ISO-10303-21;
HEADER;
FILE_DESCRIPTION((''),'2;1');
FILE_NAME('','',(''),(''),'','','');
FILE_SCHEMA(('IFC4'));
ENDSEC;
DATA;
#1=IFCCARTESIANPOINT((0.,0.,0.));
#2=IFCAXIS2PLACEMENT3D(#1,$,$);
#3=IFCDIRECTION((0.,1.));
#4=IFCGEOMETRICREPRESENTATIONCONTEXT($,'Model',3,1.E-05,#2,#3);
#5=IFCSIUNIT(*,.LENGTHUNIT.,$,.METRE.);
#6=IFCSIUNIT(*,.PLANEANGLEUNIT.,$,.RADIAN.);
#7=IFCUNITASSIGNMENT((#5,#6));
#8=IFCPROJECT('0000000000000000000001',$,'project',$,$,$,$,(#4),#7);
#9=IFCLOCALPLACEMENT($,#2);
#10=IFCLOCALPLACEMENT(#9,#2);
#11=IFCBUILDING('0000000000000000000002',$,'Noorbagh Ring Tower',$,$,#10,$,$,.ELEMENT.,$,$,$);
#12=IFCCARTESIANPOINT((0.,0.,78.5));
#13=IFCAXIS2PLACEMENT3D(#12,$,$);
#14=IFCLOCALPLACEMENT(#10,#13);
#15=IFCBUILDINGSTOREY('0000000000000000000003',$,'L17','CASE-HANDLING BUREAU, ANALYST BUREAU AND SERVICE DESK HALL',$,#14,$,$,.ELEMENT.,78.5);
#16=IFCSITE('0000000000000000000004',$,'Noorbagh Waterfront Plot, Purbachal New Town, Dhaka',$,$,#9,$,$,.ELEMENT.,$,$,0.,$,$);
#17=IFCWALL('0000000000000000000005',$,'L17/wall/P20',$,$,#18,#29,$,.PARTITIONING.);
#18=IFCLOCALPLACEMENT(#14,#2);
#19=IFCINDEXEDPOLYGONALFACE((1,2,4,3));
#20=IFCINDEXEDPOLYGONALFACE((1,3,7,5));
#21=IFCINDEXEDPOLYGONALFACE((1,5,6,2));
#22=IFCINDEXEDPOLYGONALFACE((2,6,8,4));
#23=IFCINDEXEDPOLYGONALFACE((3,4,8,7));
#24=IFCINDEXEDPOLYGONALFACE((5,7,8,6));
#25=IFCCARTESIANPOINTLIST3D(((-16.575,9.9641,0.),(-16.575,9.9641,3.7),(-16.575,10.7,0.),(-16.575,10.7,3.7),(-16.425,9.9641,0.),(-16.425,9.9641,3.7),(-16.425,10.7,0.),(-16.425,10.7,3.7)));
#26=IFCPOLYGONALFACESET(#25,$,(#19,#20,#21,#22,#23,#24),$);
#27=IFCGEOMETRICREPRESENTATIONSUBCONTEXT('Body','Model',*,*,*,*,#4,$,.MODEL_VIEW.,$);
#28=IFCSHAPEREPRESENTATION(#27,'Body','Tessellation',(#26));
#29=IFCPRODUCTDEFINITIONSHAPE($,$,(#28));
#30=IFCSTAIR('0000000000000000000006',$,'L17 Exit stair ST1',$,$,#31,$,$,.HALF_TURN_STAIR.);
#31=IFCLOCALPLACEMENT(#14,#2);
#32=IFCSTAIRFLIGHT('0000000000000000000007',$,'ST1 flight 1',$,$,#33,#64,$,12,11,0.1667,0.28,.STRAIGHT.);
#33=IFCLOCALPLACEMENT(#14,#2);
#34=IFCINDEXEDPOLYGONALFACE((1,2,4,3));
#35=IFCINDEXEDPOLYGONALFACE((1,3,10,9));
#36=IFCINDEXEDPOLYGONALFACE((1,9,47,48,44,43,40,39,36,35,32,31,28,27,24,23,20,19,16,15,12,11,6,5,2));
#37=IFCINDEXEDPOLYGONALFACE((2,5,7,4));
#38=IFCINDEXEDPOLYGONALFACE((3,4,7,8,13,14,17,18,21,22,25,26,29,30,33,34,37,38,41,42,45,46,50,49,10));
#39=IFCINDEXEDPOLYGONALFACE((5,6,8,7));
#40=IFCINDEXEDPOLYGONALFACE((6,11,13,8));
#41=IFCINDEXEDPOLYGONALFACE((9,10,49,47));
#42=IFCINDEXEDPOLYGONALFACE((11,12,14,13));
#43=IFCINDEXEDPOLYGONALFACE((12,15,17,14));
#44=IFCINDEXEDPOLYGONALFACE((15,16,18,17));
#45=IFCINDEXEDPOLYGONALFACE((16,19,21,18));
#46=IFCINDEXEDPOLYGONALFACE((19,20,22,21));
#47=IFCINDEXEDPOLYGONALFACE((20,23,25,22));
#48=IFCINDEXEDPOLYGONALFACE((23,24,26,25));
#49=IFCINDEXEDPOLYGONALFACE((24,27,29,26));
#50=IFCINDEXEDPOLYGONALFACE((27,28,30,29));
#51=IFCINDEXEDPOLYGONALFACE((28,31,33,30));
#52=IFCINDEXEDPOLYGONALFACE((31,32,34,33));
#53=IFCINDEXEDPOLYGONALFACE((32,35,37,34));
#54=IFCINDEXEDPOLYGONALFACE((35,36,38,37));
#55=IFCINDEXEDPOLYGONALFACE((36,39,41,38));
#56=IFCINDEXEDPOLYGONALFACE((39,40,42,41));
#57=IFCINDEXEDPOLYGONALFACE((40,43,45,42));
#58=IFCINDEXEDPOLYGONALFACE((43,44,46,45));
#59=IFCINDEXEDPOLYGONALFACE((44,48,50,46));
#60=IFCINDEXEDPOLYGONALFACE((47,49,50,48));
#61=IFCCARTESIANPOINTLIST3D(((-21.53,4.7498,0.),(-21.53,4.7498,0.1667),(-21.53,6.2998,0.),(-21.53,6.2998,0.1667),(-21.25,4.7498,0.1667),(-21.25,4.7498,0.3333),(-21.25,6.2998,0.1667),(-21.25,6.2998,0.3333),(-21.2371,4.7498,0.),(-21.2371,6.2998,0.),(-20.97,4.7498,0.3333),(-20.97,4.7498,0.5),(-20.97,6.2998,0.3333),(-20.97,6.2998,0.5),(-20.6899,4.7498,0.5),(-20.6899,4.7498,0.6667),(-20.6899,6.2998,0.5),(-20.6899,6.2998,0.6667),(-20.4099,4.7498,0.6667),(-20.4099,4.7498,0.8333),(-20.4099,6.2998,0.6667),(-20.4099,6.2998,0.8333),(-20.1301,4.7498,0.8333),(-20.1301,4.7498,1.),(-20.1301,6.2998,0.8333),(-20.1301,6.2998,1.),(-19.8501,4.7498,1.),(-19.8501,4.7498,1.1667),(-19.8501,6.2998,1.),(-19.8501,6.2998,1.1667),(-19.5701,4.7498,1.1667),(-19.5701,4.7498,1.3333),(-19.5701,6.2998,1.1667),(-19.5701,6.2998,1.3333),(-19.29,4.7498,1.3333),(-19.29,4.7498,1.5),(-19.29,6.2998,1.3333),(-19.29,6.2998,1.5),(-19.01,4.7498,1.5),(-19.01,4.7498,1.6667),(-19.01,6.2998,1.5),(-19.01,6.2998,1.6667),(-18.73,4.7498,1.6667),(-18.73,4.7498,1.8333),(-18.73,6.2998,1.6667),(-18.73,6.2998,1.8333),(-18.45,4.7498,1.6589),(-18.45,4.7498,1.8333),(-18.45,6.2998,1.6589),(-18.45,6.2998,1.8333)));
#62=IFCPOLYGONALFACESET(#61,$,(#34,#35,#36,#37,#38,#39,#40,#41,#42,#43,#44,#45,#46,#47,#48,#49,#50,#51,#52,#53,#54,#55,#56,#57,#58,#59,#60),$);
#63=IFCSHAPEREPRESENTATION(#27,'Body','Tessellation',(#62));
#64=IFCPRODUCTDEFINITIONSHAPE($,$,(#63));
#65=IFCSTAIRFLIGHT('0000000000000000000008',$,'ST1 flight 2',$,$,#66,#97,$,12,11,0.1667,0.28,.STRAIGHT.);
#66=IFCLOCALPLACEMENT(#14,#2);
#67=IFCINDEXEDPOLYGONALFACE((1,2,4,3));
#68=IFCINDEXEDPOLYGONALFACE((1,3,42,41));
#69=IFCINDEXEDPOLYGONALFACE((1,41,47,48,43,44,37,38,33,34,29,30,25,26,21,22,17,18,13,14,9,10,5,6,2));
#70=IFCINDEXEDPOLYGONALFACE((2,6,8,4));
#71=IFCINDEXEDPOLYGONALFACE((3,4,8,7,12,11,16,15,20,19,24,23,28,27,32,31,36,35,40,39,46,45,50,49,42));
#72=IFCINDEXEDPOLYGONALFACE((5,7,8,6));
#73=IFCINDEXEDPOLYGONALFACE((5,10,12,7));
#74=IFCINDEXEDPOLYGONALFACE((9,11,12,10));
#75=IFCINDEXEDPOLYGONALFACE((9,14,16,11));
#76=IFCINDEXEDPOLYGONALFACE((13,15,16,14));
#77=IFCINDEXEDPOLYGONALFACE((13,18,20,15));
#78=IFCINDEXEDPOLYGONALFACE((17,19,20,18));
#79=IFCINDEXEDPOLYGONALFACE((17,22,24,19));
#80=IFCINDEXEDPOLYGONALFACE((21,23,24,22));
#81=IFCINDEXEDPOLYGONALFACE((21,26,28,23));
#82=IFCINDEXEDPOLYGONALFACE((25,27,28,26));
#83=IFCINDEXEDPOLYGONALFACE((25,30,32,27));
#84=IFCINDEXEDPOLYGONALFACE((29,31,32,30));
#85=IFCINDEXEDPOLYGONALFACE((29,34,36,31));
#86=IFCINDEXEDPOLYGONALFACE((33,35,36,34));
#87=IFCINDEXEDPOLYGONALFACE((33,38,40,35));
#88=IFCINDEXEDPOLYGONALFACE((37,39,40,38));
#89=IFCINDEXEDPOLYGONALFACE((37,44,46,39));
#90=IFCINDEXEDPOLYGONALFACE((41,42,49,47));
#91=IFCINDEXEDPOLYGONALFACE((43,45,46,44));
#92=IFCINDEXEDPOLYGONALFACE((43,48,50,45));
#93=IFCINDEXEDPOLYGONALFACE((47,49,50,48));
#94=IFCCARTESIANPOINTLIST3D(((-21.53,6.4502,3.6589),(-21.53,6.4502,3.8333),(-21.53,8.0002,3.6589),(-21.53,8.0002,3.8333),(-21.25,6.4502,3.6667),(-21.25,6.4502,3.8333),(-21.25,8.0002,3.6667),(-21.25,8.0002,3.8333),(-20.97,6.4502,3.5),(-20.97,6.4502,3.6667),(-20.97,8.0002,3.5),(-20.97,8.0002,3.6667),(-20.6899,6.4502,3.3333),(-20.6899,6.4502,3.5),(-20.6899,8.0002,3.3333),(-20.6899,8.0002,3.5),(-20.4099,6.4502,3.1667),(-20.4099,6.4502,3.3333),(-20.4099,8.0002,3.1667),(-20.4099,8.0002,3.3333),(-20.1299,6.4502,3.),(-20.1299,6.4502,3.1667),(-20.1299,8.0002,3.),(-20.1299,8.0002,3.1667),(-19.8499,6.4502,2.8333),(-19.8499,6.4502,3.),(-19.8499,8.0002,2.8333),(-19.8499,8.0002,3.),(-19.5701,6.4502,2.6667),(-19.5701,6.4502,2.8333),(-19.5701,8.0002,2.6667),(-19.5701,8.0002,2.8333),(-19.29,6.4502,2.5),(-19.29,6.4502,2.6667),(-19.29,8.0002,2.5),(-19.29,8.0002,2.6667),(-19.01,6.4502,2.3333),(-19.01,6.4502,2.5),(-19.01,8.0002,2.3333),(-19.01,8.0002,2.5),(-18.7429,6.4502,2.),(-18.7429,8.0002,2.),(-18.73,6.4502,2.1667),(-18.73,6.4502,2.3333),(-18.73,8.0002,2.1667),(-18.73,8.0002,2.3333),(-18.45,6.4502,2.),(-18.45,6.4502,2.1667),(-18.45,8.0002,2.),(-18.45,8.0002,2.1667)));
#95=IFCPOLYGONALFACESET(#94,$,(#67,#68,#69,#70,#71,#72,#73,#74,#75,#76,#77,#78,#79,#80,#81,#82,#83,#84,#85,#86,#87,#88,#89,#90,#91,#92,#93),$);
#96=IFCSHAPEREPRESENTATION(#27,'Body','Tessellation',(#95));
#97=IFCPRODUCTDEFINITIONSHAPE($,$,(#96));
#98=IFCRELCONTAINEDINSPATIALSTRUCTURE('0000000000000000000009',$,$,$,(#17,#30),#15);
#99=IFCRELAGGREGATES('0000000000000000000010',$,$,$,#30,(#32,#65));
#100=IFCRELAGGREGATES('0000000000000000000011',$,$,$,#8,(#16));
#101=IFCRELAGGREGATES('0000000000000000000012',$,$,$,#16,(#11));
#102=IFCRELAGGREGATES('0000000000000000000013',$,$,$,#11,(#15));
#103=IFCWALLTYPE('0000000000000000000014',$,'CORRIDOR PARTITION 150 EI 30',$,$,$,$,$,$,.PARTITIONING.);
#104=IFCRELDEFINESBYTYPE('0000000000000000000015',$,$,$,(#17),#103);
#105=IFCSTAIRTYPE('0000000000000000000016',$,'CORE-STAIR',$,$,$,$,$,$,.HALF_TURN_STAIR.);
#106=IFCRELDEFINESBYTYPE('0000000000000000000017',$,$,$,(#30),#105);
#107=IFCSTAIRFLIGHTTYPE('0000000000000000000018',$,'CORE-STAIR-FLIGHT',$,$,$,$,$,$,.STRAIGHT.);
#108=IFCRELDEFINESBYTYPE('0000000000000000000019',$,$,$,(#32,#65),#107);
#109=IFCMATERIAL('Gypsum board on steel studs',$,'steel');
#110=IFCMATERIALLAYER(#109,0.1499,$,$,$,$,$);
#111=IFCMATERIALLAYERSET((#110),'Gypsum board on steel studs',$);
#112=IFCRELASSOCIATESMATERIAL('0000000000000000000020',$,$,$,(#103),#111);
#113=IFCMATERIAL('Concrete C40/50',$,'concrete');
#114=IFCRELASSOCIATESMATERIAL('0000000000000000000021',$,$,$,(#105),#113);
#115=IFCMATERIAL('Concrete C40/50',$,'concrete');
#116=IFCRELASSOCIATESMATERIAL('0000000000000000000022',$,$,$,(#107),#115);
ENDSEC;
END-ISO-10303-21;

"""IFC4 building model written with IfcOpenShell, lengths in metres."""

from ifc_helpers import new_model, si_unit, direction, frame, frame_2d, origin, place, context, subcontext, project, spatial, polyline, rectangle, outline, extrude, material, layer, layer_set, type_object, element, aggregate, save


model = new_model("IFC4")

# Units and contexts
model_context = context("Model", 3, precision=1e-05, world=origin(), true_north=direction((0.0, 1.0)))
body_context = subcontext(model_context, "Body", "Model", "MODEL_VIEW")
ifc_project = project(units=[si_unit("LENGTHUNIT", "METRE"), si_unit("PLANEANGLEUNIT", "RADIAN")], contexts=[model_context])

# Site, building, storey
site_placement = place(None, origin())
site = spatial("IfcSite", under=ifc_project, at=site_placement, Name="Noorbagh Waterfront Plot, Purbachal New Town, Dhaka", CompositionType="ELEMENT", RefElevation=0.0)
building_placement = place(site_placement, origin())
building = spatial("IfcBuilding", under=site, at=building_placement, Name="Noorbagh Ring Tower", CompositionType="ELEMENT")
storey_placement = place(building_placement, frame((0.0, 0.0, 78.5)))
storey = spatial("IfcBuildingStorey", under=building, at=storey_placement, Name="L17", Description="CASE-HANDLING BUREAU, ANALYST BUREAU AND SERVICE DESK HALL", CompositionType="ELEMENT", Elevation=78.5)

# Wall
ifc_material_1 = material(Name="Gypsum board on steel studs", Category="steel")
ifc_layer_1 = layer(ifc_material_1, 0.1499)
ifc_layer_set_1 = layer_set([ifc_layer_1], Name="Gypsum board on steel studs")
wall_type_1 = type_object("IfcWallType", Name="CORRIDOR PARTITION 150 EI 30", PredefinedType="PARTITIONING", material=ifc_layer_set_1)
wall_1_placement = place(storey_placement, frame((-16.5, 9.9641, 0.0), z_axis=(0.0, 0.0, 1.0), x_axis=(0.0, 1.0, 0.0)))
element("IfcWall", 1, at=wall_1_placement, inside=storey, type_object=wall_type_1, Name="L17/wall/P20", PredefinedType="PARTITIONING", context=body_context, shape_type="SweptSolid", body=[
    extrude(rectangle(XDim=0.7358, YDim=0.1499, at=frame_2d((0.3679, 0.0))), origin(), (0.0, 0.0, 1.0), 3.7),
])

# Stair, stair flights
ifc_material_2 = material(Name="Concrete C40/50", Category="concrete")
stair_type = type_object("IfcStairType", Name="CORE-STAIR", PredefinedType="HALF_TURN_STAIR", material=ifc_material_2)
stair_placement = place(storey_placement, origin())
stair = element("IfcStair", 2, at=stair_placement, inside=storey, type_object=stair_type, Name="L17 Exit stair ST1", PredefinedType="HALF_TURN_STAIR")
ifc_material_3 = material(Name="Concrete C40/50", Category="concrete")
stair_flight_type = type_object("IfcStairFlightType", Name="CORE-STAIR-FLIGHT", PredefinedType="STRAIGHT", material=ifc_material_3)
stair_flight_1_placement = place(storey_placement, frame((-21.53, 5.5249, 0.0), z_axis=(0.0, 0.0, 1.0), x_axis=(1.0, 0.0, 0.0)))
stair_flight_1 = element("IfcStairFlight", 3, at=stair_flight_1_placement, type_object=stair_flight_type, Name="ST1 flight 1", NumberOfRisers=12, NumberOfTreads=11, PredefinedType="STRAIGHT", RiserHeight=0.1667, TreadLength=0.28, context=body_context, shape_type="SweptSolid", body=[
    extrude(outline(polyline([(0.0, 0.0), (0.0, 0.1667), (0.28, 0.1667), (0.28, 0.3333), (0.5601, 0.3333), (0.5601, 0.5), (0.8401, 0.5), (0.8401, 0.6667), (1.1201, 0.6667), (1.1201, 0.8333), (1.3999, 0.8333), (1.3999, 1.0), (1.6799, 1.0), (1.6799, 1.1667), (1.96, 1.1667), (1.96, 1.3333), (2.24, 1.3333), (2.24, 1.5), (2.52, 1.5), (2.52, 1.6667), (2.8, 1.6667), (2.8, 1.8333), (3.0801, 1.8333), (3.0801, 2.0), (3.0801, 1.6589), (0.293, 0.0), (0.0, 0.0)])), frame((0.0, 0.7749, 0.0), z_axis=(0.0, -1.0, 0.0), x_axis=(1.0, 0.0, 0.0)), (0.0, 0.0, 1.0), 1.55),
])
stair_flight_2_placement = place(storey_placement, frame((-18.45, 7.2251, 2.0), z_axis=(0.0, 0.0, 1.0), x_axis=(-1.0, 0.0, 0.0)))
stair_flight_2 = element("IfcStairFlight", 4, at=stair_flight_2_placement, type_object=stair_flight_type, Name="ST1 flight 2", NumberOfRisers=12, NumberOfTreads=11, PredefinedType="STRAIGHT", RiserHeight=0.1667, TreadLength=0.28, context=body_context, shape_type="SweptSolid", body=[
    extrude(outline(polyline([(0.0, 0.0), (0.0, 0.1667), (0.28, 0.1667), (0.28, 0.3333), (0.5601, 0.3333), (0.5601, 0.5), (0.8401, 0.5), (0.8401, 0.6667), (1.1201, 0.6667), (1.1201, 0.8333), (1.3999, 0.8333), (1.3999, 1.0), (1.6799, 1.0), (1.6799, 1.1667), (1.96, 1.1667), (1.96, 1.3333), (2.24, 1.3333), (2.24, 1.5), (2.52, 1.5), (2.52, 1.6667), (2.8, 1.6667), (2.8, 1.8333), (3.0801, 1.8333), (3.0801, 2.0), (3.0801, 1.6589), (0.293, 0.0), (0.0, 0.0)])), frame((0.0, 0.7749, 0.0), z_axis=(0.0, -1.0, 0.0), x_axis=(1.0, 0.0, 0.0)), (0.0, 0.0, 1.0), 1.55),
])
aggregate(stair, [stair_flight_1, stair_flight_2])

save(model, "model.ifc")
